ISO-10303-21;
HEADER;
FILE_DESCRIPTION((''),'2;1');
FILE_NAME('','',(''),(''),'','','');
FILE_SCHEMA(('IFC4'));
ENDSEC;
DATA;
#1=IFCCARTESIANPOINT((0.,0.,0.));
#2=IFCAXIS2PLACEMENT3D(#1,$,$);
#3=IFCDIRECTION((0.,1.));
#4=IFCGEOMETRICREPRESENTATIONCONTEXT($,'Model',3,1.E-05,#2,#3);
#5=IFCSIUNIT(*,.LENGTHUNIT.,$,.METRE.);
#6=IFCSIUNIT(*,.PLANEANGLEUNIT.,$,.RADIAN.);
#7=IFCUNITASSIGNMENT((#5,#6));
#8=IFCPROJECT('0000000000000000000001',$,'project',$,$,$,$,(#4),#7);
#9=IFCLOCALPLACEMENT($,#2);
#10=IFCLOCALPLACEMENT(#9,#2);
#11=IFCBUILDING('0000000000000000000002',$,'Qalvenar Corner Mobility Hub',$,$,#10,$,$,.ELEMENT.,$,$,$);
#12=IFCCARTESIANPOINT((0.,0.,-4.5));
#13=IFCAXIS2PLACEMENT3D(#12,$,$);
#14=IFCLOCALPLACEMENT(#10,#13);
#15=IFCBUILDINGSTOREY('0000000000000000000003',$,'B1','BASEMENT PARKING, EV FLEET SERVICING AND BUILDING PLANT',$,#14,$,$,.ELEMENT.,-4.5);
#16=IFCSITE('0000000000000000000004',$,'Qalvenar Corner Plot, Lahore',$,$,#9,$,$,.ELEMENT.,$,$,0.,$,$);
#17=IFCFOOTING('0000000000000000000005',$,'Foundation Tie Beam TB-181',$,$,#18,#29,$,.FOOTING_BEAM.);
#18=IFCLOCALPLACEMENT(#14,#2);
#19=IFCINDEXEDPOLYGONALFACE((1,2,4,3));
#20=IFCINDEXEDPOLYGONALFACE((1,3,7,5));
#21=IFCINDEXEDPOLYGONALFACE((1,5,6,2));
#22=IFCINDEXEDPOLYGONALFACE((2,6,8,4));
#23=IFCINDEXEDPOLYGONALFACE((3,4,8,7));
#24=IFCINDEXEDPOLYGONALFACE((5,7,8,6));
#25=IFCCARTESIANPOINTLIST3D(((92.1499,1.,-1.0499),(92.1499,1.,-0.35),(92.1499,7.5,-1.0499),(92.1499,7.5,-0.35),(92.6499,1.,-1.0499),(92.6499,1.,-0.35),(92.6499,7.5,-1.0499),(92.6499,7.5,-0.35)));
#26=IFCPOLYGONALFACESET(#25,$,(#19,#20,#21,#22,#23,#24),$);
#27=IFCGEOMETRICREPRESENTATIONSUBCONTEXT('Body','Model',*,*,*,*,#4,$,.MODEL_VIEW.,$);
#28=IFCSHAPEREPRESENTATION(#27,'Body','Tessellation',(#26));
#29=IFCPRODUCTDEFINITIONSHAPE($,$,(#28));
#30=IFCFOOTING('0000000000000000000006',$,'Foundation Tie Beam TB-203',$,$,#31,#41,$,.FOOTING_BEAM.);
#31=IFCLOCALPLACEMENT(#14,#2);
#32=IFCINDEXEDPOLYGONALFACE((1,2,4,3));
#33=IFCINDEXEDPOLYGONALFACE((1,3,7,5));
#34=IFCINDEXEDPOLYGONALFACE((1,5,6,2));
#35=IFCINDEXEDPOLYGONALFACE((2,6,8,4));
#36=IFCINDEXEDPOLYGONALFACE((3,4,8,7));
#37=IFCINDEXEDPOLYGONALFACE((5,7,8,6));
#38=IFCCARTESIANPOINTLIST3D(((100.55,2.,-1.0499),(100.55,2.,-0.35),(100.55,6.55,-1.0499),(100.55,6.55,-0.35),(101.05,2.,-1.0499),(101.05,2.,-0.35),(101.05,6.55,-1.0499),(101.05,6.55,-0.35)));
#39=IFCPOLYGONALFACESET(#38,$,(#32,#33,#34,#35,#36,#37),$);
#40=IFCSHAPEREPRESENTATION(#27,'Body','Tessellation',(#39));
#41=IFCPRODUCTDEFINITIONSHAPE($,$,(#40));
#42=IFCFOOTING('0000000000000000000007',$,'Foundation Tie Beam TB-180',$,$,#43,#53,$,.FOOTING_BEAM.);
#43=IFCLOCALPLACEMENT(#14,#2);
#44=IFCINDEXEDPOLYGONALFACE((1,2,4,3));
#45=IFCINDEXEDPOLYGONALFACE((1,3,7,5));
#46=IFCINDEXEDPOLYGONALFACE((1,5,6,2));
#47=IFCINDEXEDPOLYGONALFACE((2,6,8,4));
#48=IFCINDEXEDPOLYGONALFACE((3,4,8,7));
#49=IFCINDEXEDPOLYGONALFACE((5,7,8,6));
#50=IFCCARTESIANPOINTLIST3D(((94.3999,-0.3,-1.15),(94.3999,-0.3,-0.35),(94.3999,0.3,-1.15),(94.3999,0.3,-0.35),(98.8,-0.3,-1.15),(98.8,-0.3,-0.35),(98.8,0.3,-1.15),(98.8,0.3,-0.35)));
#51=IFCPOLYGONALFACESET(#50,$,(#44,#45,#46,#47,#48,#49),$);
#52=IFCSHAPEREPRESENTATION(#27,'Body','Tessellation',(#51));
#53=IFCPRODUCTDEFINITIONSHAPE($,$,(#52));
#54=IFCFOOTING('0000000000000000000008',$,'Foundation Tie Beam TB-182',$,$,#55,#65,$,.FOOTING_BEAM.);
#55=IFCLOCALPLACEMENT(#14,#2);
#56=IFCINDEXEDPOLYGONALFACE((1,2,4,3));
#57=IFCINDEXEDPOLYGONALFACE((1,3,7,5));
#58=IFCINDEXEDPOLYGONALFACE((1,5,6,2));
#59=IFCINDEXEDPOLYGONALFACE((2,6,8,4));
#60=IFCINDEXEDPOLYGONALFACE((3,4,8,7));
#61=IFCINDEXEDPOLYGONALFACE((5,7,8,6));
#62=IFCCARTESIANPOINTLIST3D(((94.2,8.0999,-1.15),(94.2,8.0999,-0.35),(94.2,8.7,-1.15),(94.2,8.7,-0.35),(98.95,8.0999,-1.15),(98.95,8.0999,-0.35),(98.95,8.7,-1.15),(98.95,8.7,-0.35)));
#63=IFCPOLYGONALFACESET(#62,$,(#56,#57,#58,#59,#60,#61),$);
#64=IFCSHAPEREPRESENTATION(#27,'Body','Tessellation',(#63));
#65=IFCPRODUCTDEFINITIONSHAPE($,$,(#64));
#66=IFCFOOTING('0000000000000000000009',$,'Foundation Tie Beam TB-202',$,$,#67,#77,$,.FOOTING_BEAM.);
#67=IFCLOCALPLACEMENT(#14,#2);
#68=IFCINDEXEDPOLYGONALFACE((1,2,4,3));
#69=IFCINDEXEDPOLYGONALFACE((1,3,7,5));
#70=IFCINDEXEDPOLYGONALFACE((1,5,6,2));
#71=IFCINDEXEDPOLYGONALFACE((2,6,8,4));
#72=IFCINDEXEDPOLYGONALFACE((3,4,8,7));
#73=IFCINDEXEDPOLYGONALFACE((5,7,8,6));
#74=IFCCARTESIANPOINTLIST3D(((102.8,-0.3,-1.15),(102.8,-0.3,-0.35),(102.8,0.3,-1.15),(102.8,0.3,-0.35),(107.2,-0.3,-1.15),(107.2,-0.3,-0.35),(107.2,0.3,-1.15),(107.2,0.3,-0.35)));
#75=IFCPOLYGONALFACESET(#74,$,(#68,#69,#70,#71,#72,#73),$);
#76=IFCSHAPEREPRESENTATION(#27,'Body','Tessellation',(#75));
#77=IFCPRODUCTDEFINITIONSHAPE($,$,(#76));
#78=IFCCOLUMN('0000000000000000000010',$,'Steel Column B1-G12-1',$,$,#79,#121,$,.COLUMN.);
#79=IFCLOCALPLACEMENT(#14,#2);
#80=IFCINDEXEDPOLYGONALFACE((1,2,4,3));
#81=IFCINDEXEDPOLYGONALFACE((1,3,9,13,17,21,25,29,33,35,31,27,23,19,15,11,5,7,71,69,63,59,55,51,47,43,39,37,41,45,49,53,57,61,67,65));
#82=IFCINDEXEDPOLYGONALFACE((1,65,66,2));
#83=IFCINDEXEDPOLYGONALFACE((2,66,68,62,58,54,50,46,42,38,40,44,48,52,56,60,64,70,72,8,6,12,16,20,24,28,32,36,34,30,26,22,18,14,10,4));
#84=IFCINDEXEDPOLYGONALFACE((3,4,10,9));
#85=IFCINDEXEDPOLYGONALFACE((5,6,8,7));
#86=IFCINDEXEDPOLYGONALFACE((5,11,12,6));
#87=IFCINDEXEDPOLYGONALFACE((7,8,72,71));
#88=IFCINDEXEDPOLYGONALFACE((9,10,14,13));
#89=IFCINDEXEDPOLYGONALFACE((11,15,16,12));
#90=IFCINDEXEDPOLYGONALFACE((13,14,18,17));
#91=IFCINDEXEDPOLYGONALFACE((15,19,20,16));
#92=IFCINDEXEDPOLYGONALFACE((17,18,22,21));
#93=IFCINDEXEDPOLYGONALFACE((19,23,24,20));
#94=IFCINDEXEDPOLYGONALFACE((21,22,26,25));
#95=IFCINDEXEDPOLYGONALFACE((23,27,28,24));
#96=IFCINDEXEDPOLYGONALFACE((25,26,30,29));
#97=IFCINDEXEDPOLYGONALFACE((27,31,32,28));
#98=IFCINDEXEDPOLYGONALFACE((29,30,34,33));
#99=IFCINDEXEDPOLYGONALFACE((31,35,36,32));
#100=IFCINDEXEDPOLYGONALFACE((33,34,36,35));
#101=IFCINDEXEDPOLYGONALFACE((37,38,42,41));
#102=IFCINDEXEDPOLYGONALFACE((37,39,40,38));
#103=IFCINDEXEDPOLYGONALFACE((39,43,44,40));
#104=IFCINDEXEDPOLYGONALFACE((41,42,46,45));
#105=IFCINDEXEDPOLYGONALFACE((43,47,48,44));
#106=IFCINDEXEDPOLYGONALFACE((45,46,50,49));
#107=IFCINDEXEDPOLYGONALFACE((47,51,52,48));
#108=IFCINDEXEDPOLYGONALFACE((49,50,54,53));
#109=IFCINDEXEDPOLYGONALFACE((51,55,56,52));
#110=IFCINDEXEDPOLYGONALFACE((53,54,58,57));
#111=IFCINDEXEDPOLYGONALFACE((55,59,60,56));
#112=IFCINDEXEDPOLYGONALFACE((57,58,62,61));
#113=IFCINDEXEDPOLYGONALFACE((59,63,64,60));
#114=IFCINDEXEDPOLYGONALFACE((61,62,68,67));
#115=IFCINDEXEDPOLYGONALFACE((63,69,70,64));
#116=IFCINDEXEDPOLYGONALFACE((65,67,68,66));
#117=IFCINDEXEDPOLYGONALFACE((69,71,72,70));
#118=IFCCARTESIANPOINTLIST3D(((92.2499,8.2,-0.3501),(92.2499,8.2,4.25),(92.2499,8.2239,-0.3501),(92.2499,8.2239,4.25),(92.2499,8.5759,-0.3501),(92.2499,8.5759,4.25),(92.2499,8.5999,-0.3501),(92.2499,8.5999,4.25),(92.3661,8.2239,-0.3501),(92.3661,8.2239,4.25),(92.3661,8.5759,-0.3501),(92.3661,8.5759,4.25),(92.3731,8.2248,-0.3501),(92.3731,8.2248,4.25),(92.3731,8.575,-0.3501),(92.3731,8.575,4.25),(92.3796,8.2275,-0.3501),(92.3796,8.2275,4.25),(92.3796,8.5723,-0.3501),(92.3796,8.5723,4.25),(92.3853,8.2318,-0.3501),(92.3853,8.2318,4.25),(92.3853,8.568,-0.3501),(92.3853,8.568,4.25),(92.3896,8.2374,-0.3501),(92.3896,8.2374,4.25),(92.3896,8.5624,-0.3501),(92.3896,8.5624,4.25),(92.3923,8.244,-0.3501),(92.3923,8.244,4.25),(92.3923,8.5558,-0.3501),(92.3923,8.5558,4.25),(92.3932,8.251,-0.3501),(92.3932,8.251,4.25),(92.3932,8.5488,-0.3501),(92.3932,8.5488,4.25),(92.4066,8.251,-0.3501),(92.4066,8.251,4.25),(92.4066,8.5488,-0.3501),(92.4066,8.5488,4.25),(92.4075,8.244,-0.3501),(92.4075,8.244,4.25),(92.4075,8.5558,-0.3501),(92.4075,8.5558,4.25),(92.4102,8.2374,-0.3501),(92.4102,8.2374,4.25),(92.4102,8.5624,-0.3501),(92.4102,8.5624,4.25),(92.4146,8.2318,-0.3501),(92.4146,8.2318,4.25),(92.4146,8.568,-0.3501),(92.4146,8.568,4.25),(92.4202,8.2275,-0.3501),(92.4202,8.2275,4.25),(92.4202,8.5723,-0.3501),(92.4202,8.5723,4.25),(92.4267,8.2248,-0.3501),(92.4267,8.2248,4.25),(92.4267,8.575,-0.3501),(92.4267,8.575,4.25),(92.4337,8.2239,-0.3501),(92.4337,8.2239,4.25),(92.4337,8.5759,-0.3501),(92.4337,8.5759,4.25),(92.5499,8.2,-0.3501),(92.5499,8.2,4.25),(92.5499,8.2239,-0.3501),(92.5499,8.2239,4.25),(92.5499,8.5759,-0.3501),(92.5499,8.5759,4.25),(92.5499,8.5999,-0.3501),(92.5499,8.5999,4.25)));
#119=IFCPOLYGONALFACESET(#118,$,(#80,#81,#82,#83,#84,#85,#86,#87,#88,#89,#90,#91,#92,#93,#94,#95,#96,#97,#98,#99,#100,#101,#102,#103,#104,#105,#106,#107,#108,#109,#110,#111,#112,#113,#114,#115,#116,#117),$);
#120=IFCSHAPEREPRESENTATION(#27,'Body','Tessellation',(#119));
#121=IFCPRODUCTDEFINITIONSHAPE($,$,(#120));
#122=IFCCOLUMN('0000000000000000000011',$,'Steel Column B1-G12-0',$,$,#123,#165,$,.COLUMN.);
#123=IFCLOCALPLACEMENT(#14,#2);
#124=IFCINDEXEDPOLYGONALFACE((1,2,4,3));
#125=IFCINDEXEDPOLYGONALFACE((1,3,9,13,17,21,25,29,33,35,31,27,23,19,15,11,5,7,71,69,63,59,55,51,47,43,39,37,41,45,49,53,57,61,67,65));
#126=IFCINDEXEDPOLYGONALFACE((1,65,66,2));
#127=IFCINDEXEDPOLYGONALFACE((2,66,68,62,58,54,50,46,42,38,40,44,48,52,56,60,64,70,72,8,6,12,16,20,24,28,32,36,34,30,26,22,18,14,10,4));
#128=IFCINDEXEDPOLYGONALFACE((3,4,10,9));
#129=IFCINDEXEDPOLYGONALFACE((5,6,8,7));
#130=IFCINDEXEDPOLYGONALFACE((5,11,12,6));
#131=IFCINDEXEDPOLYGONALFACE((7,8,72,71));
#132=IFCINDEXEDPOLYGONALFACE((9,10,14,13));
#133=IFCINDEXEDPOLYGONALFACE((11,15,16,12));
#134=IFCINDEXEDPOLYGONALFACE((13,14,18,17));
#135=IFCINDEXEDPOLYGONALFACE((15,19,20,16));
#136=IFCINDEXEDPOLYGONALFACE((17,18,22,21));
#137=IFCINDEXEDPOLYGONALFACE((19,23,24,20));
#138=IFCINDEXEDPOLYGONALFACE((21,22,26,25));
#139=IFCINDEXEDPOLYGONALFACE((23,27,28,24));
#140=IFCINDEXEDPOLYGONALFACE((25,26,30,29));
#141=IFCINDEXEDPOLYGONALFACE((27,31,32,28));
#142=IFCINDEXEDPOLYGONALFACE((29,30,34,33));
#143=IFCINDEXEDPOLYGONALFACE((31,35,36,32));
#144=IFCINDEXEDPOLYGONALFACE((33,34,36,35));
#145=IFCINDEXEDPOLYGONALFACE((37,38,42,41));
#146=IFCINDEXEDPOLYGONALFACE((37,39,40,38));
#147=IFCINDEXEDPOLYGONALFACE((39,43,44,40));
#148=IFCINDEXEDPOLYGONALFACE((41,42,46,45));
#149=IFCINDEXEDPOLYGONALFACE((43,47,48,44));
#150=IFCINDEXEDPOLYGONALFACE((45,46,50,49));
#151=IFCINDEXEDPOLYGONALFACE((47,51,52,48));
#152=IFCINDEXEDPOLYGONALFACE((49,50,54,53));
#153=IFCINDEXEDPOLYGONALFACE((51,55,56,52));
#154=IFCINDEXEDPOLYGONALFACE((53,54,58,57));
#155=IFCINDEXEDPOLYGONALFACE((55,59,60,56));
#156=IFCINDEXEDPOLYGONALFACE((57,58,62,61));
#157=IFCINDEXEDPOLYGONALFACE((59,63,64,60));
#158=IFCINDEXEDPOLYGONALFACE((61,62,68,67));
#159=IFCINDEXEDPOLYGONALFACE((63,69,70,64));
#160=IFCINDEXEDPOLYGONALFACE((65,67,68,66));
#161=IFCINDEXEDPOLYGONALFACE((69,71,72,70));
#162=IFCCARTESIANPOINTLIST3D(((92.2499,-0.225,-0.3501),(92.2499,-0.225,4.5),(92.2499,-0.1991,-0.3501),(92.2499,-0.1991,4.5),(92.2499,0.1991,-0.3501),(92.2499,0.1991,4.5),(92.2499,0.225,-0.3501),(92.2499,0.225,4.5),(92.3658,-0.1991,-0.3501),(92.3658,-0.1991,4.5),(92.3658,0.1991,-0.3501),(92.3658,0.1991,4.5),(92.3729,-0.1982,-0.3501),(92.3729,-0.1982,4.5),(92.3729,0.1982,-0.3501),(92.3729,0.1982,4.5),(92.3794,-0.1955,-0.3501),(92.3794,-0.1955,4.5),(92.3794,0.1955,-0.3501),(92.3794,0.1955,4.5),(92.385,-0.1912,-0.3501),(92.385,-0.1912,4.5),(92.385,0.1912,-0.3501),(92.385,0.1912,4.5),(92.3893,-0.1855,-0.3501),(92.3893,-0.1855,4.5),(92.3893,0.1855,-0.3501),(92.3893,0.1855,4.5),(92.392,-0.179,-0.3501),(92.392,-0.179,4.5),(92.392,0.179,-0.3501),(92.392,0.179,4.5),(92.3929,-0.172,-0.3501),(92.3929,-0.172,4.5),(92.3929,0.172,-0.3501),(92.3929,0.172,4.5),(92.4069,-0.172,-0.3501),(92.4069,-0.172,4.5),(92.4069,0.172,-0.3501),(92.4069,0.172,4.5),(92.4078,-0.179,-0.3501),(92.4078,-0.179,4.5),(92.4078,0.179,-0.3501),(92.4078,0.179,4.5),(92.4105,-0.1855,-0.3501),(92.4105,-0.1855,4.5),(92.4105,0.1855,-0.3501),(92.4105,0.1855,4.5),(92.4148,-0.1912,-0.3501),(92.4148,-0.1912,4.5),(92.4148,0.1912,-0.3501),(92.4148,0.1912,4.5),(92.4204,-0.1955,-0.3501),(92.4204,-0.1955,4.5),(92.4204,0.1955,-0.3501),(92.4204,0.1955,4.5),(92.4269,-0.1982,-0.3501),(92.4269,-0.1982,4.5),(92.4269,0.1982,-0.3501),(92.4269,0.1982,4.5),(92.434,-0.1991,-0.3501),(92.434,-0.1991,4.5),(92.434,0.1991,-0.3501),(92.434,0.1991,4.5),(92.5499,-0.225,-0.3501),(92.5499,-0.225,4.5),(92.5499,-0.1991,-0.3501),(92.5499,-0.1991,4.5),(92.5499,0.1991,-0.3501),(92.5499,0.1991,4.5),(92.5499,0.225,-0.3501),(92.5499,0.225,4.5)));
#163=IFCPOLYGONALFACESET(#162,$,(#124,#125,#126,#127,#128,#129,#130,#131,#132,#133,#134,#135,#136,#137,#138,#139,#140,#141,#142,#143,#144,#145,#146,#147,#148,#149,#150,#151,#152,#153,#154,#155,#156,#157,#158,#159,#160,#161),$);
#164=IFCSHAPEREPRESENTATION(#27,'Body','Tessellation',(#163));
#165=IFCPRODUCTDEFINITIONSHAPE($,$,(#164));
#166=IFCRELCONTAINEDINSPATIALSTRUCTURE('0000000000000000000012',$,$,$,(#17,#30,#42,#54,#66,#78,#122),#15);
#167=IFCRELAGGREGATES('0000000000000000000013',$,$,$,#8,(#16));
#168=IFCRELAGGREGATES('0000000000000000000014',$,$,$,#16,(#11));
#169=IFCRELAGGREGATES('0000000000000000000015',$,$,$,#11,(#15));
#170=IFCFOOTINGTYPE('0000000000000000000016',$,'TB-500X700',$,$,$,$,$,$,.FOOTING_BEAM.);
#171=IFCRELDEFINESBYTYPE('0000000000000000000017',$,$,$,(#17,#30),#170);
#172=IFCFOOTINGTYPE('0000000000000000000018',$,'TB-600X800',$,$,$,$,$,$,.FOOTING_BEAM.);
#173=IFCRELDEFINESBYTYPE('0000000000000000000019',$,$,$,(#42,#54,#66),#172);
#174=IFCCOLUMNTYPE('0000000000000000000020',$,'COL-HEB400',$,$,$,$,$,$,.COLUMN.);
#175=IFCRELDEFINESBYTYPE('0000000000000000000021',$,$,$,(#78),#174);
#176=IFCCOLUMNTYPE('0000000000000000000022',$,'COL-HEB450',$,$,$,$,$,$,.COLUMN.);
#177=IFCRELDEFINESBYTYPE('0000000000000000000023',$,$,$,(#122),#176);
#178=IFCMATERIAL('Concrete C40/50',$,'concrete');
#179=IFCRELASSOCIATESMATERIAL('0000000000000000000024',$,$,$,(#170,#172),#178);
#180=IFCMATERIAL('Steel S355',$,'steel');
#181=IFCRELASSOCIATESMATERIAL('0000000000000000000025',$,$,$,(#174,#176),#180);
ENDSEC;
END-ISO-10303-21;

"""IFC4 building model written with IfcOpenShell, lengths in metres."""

from ifc_helpers import new_model, si_unit, direction, frame, origin, origin_2d, place, context, subcontext, project, spatial, rectangle, i_section, extrude, material, material_profile, profile_set, type_object, element, save


model = new_model("IFC4")

# Units and contexts
model_context = context("Model", 3, precision=1e-05, world=origin(), true_north=direction((0.0, 1.0)))
body_context = subcontext(model_context, "Body", "Model", "MODEL_VIEW")
ifc_project = project(units=[si_unit("LENGTHUNIT", "METRE"), si_unit("PLANEANGLEUNIT", "RADIAN")], contexts=[model_context])

# Site, building, storey
site_placement = place(None, origin())
site = spatial("IfcSite", under=ifc_project, at=site_placement, Name="Qalvenar Corner Plot, Lahore", CompositionType="ELEMENT", RefElevation=0.0)
building_placement = place(site_placement, origin())
building = spatial("IfcBuilding", under=site, at=building_placement, Name="Qalvenar Corner Mobility Hub", CompositionType="ELEMENT")
storey_placement = place(building_placement, frame((0.0, 0.0, -4.5)))
storey = spatial("IfcBuildingStorey", under=building, at=storey_placement, Name="B1", Description="BASEMENT PARKING, EV FLEET SERVICING AND BUILDING PLANT", CompositionType="ELEMENT", Elevation=-4.5)

# Shared definitions
ifc_material_1 = material(Name="Concrete C40/50", Category="concrete")

# Footings
ifc_material_profile_1 = material_profile(ifc_material_1, rectangle(XDim=0.5, YDim=0.7, at=origin_2d()), Name="RC500x700")
ifc_profile_set_1 = profile_set([ifc_material_profile_1], Name="Concrete C40/50")
footing_type_1 = type_object("IfcFootingType", Name="TB-500X700", PredefinedType="FOOTING_BEAM", material=ifc_profile_set_1)
footing_1_placement = place(storey_placement, frame((92.3999, 1.0, -0.7), z_axis=(0.0, 1.0, 0.0), x_axis=(-1.0, 0.0, 0.0)))
element("IfcFooting", 1, at=footing_1_placement, inside=storey, type_object=footing_type_1, Name="Foundation Tie Beam TB-181", PredefinedType="FOOTING_BEAM", context=body_context, shape_type="SweptSolid", body=[
    extrude(rectangle(XDim=0.5, YDim=0.7, at=origin_2d()), origin(), (0.0, 0.0, 1.0), 6.5),
])
footing_2_placement = place(storey_placement, frame((100.8, 2.0, -0.7), z_axis=(0.0, 1.0, 0.0), x_axis=(-1.0, 0.0, 0.0)))
element("IfcFooting", 2, at=footing_2_placement, inside=storey, type_object=footing_type_1, Name="Foundation Tie Beam TB-203", PredefinedType="FOOTING_BEAM", context=body_context, shape_type="SweptSolid", body=[
    extrude(rectangle(XDim=0.5, YDim=0.7, at=origin_2d()), origin(), (0.0, 0.0, 1.0), 4.55),
])
ifc_material_profile_2 = material_profile(ifc_material_1, rectangle(XDim=0.6001, YDim=0.8, at=origin_2d()), Name="RC600x800")
ifc_profile_set_2 = profile_set([ifc_material_profile_2], Name="Concrete C40/50")
footing_type_2 = type_object("IfcFootingType", Name="TB-600X800", PredefinedType="FOOTING_BEAM", material=ifc_profile_set_2)
footing_3_placement = place(storey_placement, frame((94.3999, 0.0, -0.75), z_axis=(1.0, 0.0, 0.0), x_axis=(0.0, 1.0, 0.0)))
element("IfcFooting", 3, at=footing_3_placement, inside=storey, type_object=footing_type_2, Name="Foundation Tie Beam TB-180", PredefinedType="FOOTING_BEAM", context=body_context, shape_type="SweptSolid", body=[
    extrude(rectangle(XDim=0.6001, YDim=0.8, at=origin_2d()), origin(), (0.0, 0.0, 1.0), 4.4001),
])
footing_4_placement = place(storey_placement, frame((94.2, 8.3999, -0.75), z_axis=(1.0, 0.0, 0.0), x_axis=(0.0, 1.0, 0.0)))
element("IfcFooting", 4, at=footing_4_placement, inside=storey, type_object=footing_type_2, Name="Foundation Tie Beam TB-182", PredefinedType="FOOTING_BEAM", context=body_context, shape_type="SweptSolid", body=[
    extrude(rectangle(XDim=0.6001, YDim=0.8, at=origin_2d()), origin(), (0.0, 0.0, 1.0), 4.75),
])
footing_5_placement = place(storey_placement, frame((102.8, 0.0, -0.75), z_axis=(1.0, 0.0, 0.0), x_axis=(0.0, 1.0, 0.0)))
element("IfcFooting", 5, at=footing_5_placement, inside=storey, type_object=footing_type_2, Name="Foundation Tie Beam TB-202", PredefinedType="FOOTING_BEAM", context=body_context, shape_type="SweptSolid", body=[
    extrude(rectangle(XDim=0.6001, YDim=0.8, at=origin_2d()), origin(), (0.0, 0.0, 1.0), 4.3999),
])

# Columns
ifc_material_2 = material(Name="Steel S355", Category="steel")
ifc_material_profile_3 = material_profile(ifc_material_2, i_section(OverallWidth=0.3, OverallDepth=0.3999, WebThickness=0.0134, FlangeThickness=0.0239, FilletRadius=0.0271, at=origin_2d()), Name="HEB400")
ifc_profile_set_3 = profile_set([ifc_material_profile_3], Name="Steel S355")
column_type_1 = type_object("IfcColumnType", Name="COL-HEB400", PredefinedType="COLUMN", material=ifc_profile_set_3)
column_1_placement = place(storey_placement, frame((92.3999, 8.3999, -0.3501), z_axis=(0.0, 0.0, 1.0), x_axis=(1.0, 0.0, 0.0)))
element("IfcColumn", 6, at=column_1_placement, inside=storey, type_object=column_type_1, Name="Steel Column B1-G12-1", PredefinedType="COLUMN", context=body_context, shape_type="SweptSolid", body=[
    extrude(i_section(OverallWidth=0.3, OverallDepth=0.3999, WebThickness=0.0134, FlangeThickness=0.0239, FilletRadius=0.0271, at=origin_2d()), origin(), (0.0, 0.0, 1.0), 4.6001),
])
ifc_material_profile_4 = material_profile(ifc_material_2, i_section(OverallWidth=0.3, OverallDepth=0.45, WebThickness=0.0139, FlangeThickness=0.0259, FilletRadius=0.0271, at=origin_2d()), Name="HEB450")
ifc_profile_set_4 = profile_set([ifc_material_profile_4], Name="Steel S355")
column_type_2 = type_object("IfcColumnType", Name="COL-HEB450", PredefinedType="COLUMN", material=ifc_profile_set_4)
for number, where, z_axis, x_axis, name in (
    (7, (92.3999, 0.0, -0.3501), (0.0, 0.0, 1.0), (1.0, 0.0, 0.0), "Steel Column B1-G12-0"),
):
    element("IfcColumn", number, at=place(storey_placement, frame(where, z_axis=z_axis, x_axis=x_axis)), inside=storey, type_object=column_type_2, Name=name, PredefinedType="COLUMN", context=body_context, shape_type="SweptSolid", body=[
        extrude(i_section(OverallWidth=0.3, OverallDepth=0.45, WebThickness=0.0139, FlangeThickness=0.0259, FilletRadius=0.0271, at=origin_2d()), origin(), (0.0, 0.0, 1.0), 4.8501),
    ])

save(model, "model.ifc")
